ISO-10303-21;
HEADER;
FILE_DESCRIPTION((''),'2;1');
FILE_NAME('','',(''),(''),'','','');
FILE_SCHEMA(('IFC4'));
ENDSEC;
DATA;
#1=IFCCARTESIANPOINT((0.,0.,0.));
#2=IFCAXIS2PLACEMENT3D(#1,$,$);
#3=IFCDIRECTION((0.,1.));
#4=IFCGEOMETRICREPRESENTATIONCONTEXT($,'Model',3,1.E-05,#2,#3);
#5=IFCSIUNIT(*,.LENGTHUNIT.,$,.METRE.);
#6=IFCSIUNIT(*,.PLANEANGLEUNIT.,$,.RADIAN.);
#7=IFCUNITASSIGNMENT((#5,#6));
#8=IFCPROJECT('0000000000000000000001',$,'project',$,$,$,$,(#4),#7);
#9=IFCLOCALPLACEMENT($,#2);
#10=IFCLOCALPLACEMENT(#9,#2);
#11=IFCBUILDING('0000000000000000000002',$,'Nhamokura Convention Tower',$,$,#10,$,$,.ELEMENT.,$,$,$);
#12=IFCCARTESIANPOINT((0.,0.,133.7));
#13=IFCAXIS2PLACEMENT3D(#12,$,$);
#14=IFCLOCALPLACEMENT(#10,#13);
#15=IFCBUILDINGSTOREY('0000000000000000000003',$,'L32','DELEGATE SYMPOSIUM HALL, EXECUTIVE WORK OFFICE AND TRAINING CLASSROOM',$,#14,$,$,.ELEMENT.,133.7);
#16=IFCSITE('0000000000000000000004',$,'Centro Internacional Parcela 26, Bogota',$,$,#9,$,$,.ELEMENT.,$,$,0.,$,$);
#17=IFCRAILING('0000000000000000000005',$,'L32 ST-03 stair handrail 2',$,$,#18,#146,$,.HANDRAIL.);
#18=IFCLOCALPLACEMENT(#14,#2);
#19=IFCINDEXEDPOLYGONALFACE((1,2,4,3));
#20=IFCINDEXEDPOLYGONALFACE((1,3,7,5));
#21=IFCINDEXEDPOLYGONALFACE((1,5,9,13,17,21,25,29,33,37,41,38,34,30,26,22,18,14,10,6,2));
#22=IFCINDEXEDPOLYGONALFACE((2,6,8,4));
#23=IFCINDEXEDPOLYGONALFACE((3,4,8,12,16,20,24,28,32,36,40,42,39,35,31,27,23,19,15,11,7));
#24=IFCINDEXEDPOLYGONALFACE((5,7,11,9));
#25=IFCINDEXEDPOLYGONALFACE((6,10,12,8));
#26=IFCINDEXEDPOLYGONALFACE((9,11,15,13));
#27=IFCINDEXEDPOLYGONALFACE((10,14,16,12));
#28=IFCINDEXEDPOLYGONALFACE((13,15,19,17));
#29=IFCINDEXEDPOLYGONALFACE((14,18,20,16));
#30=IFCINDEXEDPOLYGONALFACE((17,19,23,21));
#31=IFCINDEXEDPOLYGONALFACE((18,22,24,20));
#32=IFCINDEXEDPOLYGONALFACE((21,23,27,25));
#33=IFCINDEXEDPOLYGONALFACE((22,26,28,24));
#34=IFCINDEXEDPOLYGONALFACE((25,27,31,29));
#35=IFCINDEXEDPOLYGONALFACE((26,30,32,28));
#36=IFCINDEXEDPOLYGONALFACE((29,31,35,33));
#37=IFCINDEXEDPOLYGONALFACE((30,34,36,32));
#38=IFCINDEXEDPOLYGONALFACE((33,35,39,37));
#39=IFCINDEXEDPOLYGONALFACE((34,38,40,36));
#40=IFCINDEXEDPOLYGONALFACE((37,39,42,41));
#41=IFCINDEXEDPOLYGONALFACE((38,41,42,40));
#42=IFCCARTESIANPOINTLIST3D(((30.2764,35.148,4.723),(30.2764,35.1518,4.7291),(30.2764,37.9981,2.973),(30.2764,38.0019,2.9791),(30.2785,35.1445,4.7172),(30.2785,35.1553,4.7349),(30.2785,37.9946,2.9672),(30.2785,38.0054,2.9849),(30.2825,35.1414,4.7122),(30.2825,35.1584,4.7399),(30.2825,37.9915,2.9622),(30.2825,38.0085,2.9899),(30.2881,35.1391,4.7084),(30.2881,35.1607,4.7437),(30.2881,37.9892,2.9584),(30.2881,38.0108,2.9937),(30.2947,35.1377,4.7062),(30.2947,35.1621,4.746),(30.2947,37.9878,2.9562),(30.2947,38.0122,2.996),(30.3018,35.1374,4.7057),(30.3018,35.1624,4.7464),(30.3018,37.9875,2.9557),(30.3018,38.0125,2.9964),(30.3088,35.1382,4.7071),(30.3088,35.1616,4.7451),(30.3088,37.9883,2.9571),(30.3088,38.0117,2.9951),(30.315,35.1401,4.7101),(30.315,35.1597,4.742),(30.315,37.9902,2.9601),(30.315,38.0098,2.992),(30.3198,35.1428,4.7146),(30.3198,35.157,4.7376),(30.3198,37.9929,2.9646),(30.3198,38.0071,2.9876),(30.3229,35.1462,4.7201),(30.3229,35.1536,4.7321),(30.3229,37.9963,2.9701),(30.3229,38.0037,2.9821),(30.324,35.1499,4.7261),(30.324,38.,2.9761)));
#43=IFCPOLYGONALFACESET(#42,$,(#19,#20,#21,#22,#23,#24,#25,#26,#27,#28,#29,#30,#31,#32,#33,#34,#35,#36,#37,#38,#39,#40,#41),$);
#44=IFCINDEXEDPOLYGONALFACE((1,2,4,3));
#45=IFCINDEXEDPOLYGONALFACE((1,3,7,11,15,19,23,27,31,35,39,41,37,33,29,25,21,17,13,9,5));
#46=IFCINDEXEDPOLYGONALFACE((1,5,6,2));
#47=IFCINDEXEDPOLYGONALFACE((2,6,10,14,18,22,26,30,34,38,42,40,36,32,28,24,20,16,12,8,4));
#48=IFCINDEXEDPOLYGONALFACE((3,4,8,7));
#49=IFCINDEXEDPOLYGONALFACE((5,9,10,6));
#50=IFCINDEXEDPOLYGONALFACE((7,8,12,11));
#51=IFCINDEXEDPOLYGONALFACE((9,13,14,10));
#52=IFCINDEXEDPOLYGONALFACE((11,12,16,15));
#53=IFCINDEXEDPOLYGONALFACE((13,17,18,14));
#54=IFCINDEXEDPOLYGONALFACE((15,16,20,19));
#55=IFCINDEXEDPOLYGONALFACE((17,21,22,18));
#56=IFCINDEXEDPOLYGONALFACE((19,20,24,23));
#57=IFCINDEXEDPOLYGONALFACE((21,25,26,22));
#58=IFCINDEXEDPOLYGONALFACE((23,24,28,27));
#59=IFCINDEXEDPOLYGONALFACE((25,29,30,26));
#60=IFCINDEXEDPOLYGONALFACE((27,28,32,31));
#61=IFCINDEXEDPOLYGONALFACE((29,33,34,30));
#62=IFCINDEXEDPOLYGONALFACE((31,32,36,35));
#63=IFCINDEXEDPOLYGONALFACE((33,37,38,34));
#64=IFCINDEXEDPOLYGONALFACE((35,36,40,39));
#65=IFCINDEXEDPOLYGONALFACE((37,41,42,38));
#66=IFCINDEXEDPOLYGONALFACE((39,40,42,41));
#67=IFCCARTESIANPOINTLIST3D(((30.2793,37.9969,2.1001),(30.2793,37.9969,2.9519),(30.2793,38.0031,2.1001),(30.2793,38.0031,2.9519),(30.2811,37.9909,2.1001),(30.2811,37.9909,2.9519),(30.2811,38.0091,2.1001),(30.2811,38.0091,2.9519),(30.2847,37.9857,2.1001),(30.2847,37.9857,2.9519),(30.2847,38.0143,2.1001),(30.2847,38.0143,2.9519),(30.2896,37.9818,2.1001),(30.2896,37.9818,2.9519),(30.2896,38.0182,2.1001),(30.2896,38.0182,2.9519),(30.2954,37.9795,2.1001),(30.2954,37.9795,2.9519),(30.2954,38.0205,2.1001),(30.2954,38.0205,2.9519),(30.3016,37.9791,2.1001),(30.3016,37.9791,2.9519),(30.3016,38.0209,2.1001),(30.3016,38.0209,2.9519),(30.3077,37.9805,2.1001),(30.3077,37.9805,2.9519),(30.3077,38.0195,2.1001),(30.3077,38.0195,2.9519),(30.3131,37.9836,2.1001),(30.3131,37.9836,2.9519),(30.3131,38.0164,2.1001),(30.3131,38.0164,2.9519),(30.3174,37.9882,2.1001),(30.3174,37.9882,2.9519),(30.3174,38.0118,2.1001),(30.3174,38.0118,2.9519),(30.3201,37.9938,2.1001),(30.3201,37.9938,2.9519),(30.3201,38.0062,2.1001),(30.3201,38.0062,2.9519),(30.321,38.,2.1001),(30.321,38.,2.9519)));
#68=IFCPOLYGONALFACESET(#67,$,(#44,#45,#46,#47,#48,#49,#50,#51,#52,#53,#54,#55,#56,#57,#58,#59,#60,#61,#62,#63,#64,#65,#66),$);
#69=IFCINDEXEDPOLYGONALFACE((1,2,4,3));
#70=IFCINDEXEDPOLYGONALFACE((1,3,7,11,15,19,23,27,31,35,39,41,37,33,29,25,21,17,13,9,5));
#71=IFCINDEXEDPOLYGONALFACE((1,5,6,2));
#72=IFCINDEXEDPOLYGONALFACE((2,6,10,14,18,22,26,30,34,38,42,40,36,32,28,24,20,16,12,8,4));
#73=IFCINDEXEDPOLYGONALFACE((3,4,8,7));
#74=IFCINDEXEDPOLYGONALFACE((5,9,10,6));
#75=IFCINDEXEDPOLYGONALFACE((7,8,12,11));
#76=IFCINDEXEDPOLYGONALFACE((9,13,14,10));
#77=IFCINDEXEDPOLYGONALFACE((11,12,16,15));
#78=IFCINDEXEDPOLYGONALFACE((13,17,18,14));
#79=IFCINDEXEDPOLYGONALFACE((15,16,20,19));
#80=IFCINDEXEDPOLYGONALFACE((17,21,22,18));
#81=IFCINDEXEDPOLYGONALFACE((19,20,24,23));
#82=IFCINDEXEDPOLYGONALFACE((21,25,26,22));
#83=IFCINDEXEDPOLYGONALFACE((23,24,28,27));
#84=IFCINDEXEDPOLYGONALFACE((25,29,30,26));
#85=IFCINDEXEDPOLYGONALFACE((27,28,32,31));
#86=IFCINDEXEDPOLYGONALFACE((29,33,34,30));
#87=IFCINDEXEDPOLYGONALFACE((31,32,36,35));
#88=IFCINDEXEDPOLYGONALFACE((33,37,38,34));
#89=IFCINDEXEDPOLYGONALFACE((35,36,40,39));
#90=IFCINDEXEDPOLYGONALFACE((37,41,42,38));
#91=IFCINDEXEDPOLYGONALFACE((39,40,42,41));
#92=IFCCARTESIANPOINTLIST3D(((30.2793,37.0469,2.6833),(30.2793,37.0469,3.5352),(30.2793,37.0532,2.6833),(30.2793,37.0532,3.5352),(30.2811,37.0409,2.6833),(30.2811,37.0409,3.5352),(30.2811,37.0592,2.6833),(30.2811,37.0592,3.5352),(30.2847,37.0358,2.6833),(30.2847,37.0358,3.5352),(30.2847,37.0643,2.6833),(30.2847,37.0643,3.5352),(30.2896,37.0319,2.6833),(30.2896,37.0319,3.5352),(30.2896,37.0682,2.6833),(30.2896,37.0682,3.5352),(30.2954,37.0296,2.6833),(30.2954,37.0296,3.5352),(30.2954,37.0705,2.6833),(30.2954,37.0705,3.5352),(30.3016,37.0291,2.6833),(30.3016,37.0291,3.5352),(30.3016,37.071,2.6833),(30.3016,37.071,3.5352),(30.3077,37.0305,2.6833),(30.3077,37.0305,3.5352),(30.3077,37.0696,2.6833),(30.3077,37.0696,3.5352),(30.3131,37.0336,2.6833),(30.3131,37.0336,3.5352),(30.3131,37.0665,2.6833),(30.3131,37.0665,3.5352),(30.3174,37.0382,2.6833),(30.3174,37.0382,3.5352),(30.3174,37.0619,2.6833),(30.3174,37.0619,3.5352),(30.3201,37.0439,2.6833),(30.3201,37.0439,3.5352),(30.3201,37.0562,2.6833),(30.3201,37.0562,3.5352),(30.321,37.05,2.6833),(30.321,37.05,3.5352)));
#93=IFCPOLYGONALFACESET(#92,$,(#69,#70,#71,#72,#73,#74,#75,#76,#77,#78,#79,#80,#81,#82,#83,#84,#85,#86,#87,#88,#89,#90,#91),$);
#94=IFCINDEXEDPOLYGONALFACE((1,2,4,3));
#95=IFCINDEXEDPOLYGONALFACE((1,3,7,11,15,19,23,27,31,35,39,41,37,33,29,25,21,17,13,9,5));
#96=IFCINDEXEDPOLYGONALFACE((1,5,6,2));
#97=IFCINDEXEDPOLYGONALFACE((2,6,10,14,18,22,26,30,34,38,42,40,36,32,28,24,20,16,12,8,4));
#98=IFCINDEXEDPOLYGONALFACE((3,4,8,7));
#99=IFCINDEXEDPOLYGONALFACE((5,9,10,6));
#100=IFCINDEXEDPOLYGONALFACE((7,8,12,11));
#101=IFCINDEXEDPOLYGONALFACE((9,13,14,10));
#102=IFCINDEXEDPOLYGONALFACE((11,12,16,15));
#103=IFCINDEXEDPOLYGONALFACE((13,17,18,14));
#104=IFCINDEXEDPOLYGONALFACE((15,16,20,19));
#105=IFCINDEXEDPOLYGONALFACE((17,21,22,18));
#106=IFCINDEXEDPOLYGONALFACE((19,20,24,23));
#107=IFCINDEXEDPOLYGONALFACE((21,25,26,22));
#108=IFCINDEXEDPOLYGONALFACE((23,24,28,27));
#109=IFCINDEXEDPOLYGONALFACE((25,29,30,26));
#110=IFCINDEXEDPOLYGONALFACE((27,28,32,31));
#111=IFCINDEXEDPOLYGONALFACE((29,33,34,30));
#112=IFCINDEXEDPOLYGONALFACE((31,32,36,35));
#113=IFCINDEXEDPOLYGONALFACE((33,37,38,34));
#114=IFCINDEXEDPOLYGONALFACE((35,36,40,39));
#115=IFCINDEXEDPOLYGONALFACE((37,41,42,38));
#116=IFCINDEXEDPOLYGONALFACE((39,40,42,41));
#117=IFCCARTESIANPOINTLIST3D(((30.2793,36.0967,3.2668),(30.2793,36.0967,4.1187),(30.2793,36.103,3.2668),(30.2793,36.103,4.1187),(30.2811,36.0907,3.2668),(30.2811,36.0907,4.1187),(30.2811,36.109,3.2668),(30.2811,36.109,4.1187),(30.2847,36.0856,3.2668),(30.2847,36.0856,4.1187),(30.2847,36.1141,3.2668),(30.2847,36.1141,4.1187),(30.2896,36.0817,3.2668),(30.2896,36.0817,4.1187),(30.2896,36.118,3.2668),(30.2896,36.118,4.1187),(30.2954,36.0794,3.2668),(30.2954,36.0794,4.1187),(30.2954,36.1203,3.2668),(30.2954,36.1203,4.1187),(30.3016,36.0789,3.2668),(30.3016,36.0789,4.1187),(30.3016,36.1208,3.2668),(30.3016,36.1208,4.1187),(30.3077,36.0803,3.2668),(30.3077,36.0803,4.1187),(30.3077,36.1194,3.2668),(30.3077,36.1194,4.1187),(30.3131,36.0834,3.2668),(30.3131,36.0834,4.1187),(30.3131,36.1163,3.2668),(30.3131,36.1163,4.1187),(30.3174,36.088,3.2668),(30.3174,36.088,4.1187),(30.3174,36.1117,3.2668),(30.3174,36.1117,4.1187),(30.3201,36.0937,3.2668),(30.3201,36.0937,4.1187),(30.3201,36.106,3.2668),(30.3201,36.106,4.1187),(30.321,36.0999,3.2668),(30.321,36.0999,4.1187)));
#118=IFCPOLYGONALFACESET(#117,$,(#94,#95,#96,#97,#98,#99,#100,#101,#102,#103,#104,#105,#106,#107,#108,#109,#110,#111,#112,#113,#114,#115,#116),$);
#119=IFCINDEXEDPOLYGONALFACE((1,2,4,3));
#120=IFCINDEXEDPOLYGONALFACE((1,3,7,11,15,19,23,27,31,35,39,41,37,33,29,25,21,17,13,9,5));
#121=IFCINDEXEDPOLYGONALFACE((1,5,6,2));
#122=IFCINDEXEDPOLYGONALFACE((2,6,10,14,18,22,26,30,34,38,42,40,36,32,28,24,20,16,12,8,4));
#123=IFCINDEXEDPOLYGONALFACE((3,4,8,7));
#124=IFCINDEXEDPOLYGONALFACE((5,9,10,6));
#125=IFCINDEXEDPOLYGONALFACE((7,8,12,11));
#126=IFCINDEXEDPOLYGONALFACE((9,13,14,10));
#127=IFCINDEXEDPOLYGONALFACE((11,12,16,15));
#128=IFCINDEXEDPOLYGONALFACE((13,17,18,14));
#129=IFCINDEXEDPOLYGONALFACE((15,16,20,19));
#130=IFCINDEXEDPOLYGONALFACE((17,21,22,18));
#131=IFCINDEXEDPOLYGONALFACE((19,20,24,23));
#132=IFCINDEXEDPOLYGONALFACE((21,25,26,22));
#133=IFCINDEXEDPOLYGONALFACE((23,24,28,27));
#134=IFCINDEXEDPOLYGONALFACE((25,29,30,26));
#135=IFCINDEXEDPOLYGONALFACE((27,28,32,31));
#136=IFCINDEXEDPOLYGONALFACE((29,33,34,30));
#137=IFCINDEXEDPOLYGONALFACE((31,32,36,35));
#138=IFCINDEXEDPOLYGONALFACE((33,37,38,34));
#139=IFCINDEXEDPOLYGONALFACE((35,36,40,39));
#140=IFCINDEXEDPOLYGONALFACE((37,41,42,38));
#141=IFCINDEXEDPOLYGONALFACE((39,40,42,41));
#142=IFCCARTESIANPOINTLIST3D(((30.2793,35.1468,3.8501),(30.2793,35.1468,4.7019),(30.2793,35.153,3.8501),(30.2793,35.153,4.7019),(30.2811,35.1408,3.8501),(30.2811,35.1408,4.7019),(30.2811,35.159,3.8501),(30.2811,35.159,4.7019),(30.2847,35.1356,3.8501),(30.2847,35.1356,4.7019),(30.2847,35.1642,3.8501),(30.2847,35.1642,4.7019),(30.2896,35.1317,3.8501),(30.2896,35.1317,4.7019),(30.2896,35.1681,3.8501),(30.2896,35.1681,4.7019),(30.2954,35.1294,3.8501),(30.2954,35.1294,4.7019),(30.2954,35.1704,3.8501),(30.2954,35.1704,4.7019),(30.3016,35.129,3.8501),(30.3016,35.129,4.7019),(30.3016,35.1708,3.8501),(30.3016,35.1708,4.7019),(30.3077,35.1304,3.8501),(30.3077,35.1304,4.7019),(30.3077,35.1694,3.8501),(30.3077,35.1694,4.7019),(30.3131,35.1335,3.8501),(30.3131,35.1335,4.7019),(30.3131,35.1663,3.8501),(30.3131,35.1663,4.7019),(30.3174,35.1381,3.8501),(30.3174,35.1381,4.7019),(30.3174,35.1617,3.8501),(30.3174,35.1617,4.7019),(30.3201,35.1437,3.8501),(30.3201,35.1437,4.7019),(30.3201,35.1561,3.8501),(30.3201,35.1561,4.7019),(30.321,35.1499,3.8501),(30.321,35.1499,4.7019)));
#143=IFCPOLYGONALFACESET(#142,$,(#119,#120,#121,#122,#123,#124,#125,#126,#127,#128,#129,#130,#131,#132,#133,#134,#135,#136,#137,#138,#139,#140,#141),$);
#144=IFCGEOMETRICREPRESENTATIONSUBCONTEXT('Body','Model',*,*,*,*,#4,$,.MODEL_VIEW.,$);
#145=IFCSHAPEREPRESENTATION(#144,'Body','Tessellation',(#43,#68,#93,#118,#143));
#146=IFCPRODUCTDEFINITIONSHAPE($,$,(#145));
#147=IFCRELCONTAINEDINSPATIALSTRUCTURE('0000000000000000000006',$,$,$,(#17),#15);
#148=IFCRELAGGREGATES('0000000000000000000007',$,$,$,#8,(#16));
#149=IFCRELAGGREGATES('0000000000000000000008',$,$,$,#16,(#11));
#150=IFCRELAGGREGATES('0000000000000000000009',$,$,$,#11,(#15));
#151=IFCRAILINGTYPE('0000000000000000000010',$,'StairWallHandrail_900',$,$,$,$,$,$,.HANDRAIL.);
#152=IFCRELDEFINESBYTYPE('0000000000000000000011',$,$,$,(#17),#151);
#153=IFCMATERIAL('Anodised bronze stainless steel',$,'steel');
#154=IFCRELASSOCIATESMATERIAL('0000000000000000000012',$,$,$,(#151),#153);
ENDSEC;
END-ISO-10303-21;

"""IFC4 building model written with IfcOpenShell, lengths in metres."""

from ifc_helpers import new_model, si_unit, direction, frame, origin, origin_2d, place, context, subcontext, project, spatial, circle, extrude, material, type_object, element, save


model = new_model("IFC4")

# Units and contexts
model_context = context("Model", 3, precision=1e-05, world=origin(), true_north=direction((0.0, 1.0)))
body_context = subcontext(model_context, "Body", "Model", "MODEL_VIEW")
ifc_project = project(units=[si_unit("LENGTHUNIT", "METRE"), si_unit("PLANEANGLEUNIT", "RADIAN")], contexts=[model_context])

# Site, building, storey
site_placement = place(None, origin())
site = spatial("IfcSite", under=ifc_project, at=site_placement, Name="Centro Internacional Parcela 26, Bogota", CompositionType="ELEMENT", RefElevation=0.0)
building_placement = place(site_placement, origin())
building = spatial("IfcBuilding", under=site, at=building_placement, Name="Nhamokura Convention Tower", CompositionType="ELEMENT")
storey_placement = place(building_placement, frame((0.0, 0.0, 133.7)))
storey = spatial("IfcBuildingStorey", under=building, at=storey_placement, Name="L32", Description="DELEGATE SYMPOSIUM HALL, EXECUTIVE WORK OFFICE AND TRAINING CLASSROOM", CompositionType="ELEMENT", Elevation=133.7)

# Railing
ifc_material_1 = material(Name="Anodised bronze stainless steel", Category="steel")
railing_type_1 = type_object("IfcRailingType", Name="StairWallHandrail_900", PredefinedType="HANDRAIL", material=ifc_material_1)
railing_1_placement = place(storey_placement, frame((30.3, 38.0, 2.1001)))
element("IfcRailing", 1, at=railing_1_placement, inside=storey, type_object=railing_type_1, Name="L32 ST-03 stair handrail 2", PredefinedType="HANDRAIL", context=body_context, shape_type="SweptSolid", body=[
    extrude(circle(Radius=0.0239, at=origin_2d()), frame((0.0, 0.0, 0.876), z_axis=(0.0, -0.852179, 0.52325), x_axis=(1.0, 0.0, 0.0)), (0.0, 0.0, 1.0), 3.3445),
    extrude(circle(Radius=0.021, at=origin_2d()), origin(), (0.0, 0.0, 1.0), 0.8518),
    extrude(circle(Radius=0.021, at=origin_2d()), frame((0.0, -0.95, 0.5833)), (0.0, 0.0, 1.0), 0.8518),
    extrude(circle(Radius=0.021, at=origin_2d()), frame((0.0, -1.9001, 1.1667)), (0.0, 0.0, 1.0), 0.8518),
    extrude(circle(Radius=0.021, at=origin_2d()), frame((0.0, -2.8501, 1.75)), (0.0, 0.0, 1.0), 0.8518),
])

save(model, "model.ifc")
